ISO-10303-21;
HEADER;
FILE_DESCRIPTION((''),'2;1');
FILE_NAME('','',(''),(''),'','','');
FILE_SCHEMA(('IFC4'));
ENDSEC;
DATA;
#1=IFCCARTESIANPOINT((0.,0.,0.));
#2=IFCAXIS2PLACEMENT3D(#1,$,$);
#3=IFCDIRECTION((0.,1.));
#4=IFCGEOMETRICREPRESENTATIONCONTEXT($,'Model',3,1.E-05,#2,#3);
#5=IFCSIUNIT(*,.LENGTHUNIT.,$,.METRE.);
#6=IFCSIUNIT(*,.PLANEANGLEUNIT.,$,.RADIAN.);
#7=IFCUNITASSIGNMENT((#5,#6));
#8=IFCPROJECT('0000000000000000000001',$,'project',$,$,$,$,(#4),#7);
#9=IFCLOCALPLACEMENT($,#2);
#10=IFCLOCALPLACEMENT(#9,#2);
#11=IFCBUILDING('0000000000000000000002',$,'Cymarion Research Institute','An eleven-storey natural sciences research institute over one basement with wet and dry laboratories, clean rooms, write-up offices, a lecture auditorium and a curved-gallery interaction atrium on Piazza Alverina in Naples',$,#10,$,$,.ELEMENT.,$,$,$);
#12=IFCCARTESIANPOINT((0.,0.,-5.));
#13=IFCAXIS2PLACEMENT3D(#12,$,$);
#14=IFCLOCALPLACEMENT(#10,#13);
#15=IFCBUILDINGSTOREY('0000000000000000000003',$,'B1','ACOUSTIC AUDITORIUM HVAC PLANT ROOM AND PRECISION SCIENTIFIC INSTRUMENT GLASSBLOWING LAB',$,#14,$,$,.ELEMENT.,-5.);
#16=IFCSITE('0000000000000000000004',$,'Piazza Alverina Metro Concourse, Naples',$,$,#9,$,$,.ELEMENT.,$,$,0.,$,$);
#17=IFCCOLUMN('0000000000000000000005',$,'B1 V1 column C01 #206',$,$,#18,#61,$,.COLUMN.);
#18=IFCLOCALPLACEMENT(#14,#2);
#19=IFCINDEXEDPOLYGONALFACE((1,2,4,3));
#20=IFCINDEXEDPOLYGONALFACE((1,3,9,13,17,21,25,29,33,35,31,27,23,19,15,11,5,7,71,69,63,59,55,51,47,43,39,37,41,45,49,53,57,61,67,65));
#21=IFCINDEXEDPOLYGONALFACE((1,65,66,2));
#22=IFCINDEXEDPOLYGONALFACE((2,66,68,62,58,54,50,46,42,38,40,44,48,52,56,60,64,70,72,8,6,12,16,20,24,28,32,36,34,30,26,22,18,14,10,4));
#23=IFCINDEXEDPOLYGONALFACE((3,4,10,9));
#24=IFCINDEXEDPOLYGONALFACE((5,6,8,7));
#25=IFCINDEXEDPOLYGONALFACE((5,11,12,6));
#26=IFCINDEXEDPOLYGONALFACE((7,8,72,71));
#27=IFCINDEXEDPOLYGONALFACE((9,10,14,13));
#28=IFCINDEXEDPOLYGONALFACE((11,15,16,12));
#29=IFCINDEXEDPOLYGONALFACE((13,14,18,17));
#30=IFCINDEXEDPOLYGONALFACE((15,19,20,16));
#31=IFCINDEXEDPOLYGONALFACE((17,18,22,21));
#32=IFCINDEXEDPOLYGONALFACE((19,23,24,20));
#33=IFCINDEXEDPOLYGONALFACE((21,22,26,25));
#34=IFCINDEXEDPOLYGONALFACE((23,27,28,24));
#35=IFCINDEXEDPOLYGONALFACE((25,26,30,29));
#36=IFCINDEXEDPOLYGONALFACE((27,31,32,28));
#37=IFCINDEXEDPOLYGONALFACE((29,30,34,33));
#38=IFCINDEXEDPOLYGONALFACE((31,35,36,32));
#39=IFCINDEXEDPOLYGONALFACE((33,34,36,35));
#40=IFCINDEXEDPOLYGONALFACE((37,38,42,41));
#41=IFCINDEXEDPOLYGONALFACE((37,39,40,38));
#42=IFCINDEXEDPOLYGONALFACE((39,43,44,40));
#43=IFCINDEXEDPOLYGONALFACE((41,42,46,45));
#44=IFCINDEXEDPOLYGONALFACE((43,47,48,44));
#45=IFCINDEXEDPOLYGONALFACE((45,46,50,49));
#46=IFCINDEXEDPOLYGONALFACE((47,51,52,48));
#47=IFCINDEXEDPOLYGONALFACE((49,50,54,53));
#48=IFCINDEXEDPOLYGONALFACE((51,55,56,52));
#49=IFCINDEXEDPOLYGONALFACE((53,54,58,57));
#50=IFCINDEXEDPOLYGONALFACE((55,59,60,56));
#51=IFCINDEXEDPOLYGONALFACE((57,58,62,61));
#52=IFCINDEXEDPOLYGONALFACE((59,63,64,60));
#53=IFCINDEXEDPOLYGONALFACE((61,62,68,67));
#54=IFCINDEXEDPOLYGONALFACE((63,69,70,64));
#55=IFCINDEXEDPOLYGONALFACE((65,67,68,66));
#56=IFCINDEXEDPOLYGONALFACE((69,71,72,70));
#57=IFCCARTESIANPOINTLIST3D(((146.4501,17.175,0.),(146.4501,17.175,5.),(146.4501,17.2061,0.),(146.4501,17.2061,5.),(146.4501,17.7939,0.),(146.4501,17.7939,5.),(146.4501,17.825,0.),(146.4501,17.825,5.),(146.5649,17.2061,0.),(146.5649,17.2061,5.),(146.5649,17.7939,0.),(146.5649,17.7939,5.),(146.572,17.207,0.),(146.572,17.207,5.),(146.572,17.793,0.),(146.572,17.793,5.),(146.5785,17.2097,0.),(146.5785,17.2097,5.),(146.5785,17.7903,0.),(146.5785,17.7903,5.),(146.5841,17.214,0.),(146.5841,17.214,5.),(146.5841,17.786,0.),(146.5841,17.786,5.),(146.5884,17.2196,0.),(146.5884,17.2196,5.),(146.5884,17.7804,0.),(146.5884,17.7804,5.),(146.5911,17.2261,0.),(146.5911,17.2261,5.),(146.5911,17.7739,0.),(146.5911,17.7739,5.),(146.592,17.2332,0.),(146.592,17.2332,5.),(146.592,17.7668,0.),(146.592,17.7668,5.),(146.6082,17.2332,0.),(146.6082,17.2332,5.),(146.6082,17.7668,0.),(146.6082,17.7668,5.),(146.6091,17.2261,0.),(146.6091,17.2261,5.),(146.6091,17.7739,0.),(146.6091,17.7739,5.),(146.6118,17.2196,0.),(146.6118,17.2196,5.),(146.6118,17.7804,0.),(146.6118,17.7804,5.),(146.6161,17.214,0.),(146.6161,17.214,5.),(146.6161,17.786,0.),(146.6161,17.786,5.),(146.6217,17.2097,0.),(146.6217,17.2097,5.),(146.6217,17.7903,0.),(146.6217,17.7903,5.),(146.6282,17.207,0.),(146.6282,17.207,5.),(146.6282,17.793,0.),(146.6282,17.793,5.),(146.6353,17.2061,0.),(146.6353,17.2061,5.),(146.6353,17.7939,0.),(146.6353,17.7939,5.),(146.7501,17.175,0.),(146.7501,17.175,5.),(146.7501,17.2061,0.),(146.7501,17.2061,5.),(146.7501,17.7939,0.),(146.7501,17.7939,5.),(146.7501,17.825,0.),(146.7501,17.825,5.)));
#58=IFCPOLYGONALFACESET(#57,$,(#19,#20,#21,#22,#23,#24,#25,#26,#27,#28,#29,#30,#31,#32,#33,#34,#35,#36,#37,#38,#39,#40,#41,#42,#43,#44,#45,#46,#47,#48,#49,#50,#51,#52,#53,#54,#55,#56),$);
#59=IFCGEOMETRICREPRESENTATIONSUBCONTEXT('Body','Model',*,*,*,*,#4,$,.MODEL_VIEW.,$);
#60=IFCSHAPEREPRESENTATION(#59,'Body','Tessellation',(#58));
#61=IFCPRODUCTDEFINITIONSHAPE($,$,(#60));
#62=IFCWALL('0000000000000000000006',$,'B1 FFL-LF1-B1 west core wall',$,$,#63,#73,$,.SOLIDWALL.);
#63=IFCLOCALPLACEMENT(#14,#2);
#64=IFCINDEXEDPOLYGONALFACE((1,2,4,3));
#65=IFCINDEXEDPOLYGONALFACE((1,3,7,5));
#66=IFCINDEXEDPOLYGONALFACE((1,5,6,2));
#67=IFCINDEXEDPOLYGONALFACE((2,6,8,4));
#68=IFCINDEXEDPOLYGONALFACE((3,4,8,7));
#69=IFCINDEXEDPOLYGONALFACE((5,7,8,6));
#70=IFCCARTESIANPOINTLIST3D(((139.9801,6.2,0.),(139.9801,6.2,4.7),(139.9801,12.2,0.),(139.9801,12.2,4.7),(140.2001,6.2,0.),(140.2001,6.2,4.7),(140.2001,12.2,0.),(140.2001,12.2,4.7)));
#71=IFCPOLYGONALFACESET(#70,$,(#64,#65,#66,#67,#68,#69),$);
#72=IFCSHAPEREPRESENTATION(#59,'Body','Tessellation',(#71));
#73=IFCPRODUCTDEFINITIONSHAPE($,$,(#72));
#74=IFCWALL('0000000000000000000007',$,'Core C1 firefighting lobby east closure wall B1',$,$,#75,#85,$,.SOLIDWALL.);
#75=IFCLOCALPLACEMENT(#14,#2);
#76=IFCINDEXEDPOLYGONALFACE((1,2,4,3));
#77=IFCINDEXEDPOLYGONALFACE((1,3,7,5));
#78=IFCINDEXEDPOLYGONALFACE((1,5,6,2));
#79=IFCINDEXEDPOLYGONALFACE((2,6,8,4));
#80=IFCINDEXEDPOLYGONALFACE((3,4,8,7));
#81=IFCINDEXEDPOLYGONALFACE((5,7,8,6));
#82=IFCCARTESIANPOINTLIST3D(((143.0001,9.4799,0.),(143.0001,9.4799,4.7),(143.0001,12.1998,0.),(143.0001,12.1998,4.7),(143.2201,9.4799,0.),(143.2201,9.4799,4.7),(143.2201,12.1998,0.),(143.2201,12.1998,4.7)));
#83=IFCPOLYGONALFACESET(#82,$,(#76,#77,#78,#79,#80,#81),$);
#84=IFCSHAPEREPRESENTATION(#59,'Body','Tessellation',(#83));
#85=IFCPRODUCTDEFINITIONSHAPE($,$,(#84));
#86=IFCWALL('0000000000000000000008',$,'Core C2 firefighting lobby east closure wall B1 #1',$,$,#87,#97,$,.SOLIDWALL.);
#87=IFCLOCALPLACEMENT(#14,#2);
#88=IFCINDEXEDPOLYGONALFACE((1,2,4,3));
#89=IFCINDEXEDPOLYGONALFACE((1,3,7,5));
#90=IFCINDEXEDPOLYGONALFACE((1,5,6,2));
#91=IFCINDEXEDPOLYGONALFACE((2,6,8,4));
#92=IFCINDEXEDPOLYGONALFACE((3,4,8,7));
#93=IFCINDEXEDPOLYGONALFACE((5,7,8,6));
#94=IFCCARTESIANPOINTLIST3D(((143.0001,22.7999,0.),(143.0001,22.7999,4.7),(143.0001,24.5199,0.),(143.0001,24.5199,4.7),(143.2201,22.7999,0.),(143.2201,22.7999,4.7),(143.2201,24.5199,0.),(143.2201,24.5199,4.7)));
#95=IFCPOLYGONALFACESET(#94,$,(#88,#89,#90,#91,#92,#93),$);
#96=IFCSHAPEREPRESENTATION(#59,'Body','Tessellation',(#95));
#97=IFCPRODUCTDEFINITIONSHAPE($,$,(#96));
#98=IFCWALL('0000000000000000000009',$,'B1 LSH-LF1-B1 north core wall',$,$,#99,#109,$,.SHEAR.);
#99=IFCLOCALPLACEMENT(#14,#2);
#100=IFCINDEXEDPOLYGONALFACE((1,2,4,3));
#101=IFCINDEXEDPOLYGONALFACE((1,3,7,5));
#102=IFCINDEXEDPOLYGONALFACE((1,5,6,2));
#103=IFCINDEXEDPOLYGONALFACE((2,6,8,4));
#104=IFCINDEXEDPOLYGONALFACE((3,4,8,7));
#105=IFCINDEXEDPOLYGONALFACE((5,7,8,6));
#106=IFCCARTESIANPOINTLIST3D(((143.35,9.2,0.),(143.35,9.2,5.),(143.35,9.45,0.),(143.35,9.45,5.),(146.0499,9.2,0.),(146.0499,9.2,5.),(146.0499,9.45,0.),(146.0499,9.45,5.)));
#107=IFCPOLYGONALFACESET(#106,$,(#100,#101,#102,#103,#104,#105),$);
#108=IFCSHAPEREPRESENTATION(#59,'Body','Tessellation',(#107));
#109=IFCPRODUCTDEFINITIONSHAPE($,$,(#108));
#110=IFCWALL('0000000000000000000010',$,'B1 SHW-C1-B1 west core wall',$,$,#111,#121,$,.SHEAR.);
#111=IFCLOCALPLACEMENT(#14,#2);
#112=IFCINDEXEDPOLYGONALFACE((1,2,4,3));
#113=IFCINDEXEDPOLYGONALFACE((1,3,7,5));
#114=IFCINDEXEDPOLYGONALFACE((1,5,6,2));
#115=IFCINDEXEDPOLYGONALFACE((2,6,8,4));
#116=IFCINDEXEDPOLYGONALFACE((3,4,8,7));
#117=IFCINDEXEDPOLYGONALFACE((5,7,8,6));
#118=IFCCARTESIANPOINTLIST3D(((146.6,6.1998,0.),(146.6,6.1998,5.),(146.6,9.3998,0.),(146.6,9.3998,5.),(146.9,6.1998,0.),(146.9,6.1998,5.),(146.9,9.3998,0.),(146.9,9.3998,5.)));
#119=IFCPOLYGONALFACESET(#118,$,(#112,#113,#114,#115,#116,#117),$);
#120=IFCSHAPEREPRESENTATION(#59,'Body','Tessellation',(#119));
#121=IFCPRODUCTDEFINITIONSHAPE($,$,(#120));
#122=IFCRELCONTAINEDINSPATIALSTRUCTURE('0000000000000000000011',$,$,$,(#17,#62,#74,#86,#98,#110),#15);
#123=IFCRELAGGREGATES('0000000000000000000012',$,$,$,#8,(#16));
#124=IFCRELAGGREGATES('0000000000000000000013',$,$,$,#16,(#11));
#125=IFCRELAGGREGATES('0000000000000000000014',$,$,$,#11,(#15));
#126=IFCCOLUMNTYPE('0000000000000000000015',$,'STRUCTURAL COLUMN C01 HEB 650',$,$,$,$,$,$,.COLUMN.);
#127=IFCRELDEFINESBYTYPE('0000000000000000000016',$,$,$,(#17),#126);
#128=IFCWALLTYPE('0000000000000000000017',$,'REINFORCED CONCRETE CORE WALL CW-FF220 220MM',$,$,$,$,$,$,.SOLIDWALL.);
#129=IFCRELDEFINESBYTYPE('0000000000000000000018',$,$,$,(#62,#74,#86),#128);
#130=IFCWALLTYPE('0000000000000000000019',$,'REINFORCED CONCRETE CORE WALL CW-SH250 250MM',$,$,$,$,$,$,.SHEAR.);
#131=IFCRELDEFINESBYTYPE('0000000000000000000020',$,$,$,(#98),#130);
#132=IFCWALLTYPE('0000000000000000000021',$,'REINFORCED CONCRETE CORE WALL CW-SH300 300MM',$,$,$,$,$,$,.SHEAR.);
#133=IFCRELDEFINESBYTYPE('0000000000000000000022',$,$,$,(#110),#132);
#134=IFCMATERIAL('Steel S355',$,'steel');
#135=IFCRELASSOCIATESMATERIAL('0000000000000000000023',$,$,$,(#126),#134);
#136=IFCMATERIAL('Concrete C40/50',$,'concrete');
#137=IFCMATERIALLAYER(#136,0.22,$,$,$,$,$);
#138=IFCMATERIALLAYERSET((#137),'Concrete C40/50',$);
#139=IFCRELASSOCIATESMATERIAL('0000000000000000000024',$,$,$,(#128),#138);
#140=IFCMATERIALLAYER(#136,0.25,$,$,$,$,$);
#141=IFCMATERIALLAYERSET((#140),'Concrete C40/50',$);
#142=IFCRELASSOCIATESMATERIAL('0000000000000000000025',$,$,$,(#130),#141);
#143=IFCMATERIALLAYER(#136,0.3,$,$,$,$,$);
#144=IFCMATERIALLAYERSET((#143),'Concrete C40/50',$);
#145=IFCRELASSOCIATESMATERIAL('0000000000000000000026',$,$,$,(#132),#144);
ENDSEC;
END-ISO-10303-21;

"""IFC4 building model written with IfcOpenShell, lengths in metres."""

from ifc_helpers import new_model, si_unit, direction, frame, frame_2d, origin, origin_2d, place, context, subcontext, project, spatial, rectangle, i_section, extrude, material, layer, layer_set, material_profile, profile_set, type_object, element, save


model = new_model("IFC4")

# Units and contexts
model_context = context("Model", 3, precision=1e-05, world=origin(), true_north=direction((0.0, 1.0)))
body_context = subcontext(model_context, "Body", "Model", "MODEL_VIEW")
ifc_project = project(units=[si_unit("LENGTHUNIT", "METRE"), si_unit("PLANEANGLEUNIT", "RADIAN")], contexts=[model_context])

# Site, building, storey
site_placement = place(None, origin())
site = spatial("IfcSite", under=ifc_project, at=site_placement, Name="Piazza Alverina Metro Concourse, Naples", CompositionType="ELEMENT", RefElevation=0.0)
building_placement = place(site_placement, origin())
building = spatial("IfcBuilding", under=site, at=building_placement, Name="Cymarion Research Institute", Description="An eleven-storey natural sciences research institute over one basement with wet and dry laboratories, clean rooms, write-up offices, a lecture auditorium and a curved-gallery interaction atrium on Piazza Alverina in Naples", CompositionType="ELEMENT")
storey_placement = place(building_placement, frame((0.0, 0.0, -5.0)))
storey = spatial("IfcBuildingStorey", under=building, at=storey_placement, Name="B1", Description="ACOUSTIC AUDITORIUM HVAC PLANT ROOM AND PRECISION SCIENTIFIC INSTRUMENT GLASSBLOWING LAB", CompositionType="ELEMENT", Elevation=-5.0)

# Column
ifc_material_1 = material(Name="Steel S355", Category="steel")
ifc_material_profile_1 = material_profile(ifc_material_1, i_section(OverallWidth=0.3, OverallDepth=0.6499, WebThickness=0.0161, FlangeThickness=0.031, FilletRadius=0.0271, at=origin_2d()), Name="HEB 650")
ifc_profile_set_1 = profile_set([ifc_material_profile_1], Name="Steel S355")
column_type = type_object("IfcColumnType", Name="STRUCTURAL COLUMN C01 HEB 650", PredefinedType="COLUMN", material=ifc_profile_set_1)
column_placement = place(storey_placement, frame((146.6001, 17.5, 0.0), z_axis=(0.0, 0.0, 1.0), x_axis=(1.0, 0.0, 0.0)))
element("IfcColumn", 1, at=column_placement, inside=storey, type_object=column_type, Name="B1 V1 column C01 #206", PredefinedType="COLUMN", context=body_context, shape_type="SweptSolid", body=[
    extrude(i_section(OverallWidth=0.3, OverallDepth=0.6499, WebThickness=0.0161, FlangeThickness=0.031, FilletRadius=0.0271, at=origin_2d()), origin(), (0.0, 0.0, 1.0), 5.0),
])

# Shared definitions
ifc_material_2 = material(Name="Concrete C40/50", Category="concrete")
ifc_layer_1 = layer(ifc_material_2, 0.22)
ifc_layer_set_1 = layer_set([ifc_layer_1], Name="Concrete C40/50")
wall_type_1 = type_object("IfcWallType", Name="REINFORCED CONCRETE CORE WALL CW-FF220 220MM", PredefinedType="SOLIDWALL", material=ifc_layer_set_1)

# Walls
wall_1_placement = place(storey_placement, frame((140.0901, 12.2, 0.0), z_axis=(0.0, 0.0, 1.0), x_axis=(0.0, -1.0, 0.0)))
element("IfcWall", 2, at=wall_1_placement, inside=storey, type_object=wall_type_1, Name="B1 FFL-LF1-B1 west core wall", PredefinedType="SOLIDWALL", context=body_context, shape_type="SweptSolid", body=[
    extrude(rectangle(XDim=6.0, YDim=0.22, at=frame_2d((3.0, 0.0))), origin(), (0.0, 0.0, 1.0), 4.7),
])
wall_2_placement = place(storey_placement, frame((143.1101, 9.48, 0.0), z_axis=(0.0, 0.0, 1.0), x_axis=(0.0, 1.0, 0.0)))
element("IfcWall", 3, at=wall_2_placement, inside=storey, type_object=wall_type_1, Name="Core C1 firefighting lobby east closure wall B1", PredefinedType="SOLIDWALL", context=body_context, shape_type="SweptSolid", body=[
    extrude(rectangle(XDim=2.72, YDim=0.22, at=frame_2d((1.3599, 0.0))), origin(), (0.0, 0.0, 1.0), 4.7),
])

# Walls
wall_3_placement = place(storey_placement, frame((143.1101, 22.8, 0.0), z_axis=(0.0, 0.0, 1.0), x_axis=(0.0, 1.0, 0.0)))
element("IfcWall", 4, at=wall_3_placement, inside=storey, type_object=wall_type_1, Name="Core C2 firefighting lobby east closure wall B1 #1", PredefinedType="SOLIDWALL", context=body_context, shape_type="SweptSolid", body=[
    extrude(rectangle(XDim=1.72, YDim=0.22, at=frame_2d((0.8599, 0.0))), origin(), (0.0, 0.0, 1.0), 4.7),
])
ifc_layer_2 = layer(ifc_material_2, 0.25)
ifc_layer_set_2 = layer_set([ifc_layer_2], Name="Concrete C40/50")
wall_type_2 = type_object("IfcWallType", Name="REINFORCED CONCRETE CORE WALL CW-SH250 250MM", PredefinedType="SHEAR", material=ifc_layer_set_2)
wall_4_placement = place(storey_placement, frame((146.05, 9.325, 0.0), z_axis=(0.0, 0.0, 1.0), x_axis=(-1.0, 0.0, 0.0)))
element("IfcWall", 5, at=wall_4_placement, inside=storey, type_object=wall_type_2, Name="B1 LSH-LF1-B1 north core wall", PredefinedType="SHEAR", context=body_context, shape_type="SweptSolid", body=[
    extrude(rectangle(XDim=2.7, YDim=0.25, at=frame_2d((1.3501, 0.0))), origin(), (0.0, 0.0, 1.0), 5.0),
])

# Wall
ifc_layer_3 = layer(ifc_material_2, 0.3)
ifc_layer_set_3 = layer_set([ifc_layer_3], Name="Concrete C40/50")
wall_type_3 = type_object("IfcWallType", Name="REINFORCED CONCRETE CORE WALL CW-SH300 300MM", PredefinedType="SHEAR", material=ifc_layer_set_3)
wall_5_placement = place(storey_placement, frame((146.75, 9.3999, 0.0), z_axis=(0.0, 0.0, 1.0), x_axis=(0.0, -1.0, 0.0)))
element("IfcWall", 6, at=wall_5_placement, inside=storey, type_object=wall_type_3, Name="B1 SHW-C1-B1 west core wall", PredefinedType="SHEAR", context=body_context, shape_type="SweptSolid", body=[
    extrude(rectangle(XDim=3.2, YDim=0.3, at=frame_2d((1.6001, 0.0))), origin(), (0.0, 0.0, 1.0), 5.0),
])

save(model, "model.ifc")
